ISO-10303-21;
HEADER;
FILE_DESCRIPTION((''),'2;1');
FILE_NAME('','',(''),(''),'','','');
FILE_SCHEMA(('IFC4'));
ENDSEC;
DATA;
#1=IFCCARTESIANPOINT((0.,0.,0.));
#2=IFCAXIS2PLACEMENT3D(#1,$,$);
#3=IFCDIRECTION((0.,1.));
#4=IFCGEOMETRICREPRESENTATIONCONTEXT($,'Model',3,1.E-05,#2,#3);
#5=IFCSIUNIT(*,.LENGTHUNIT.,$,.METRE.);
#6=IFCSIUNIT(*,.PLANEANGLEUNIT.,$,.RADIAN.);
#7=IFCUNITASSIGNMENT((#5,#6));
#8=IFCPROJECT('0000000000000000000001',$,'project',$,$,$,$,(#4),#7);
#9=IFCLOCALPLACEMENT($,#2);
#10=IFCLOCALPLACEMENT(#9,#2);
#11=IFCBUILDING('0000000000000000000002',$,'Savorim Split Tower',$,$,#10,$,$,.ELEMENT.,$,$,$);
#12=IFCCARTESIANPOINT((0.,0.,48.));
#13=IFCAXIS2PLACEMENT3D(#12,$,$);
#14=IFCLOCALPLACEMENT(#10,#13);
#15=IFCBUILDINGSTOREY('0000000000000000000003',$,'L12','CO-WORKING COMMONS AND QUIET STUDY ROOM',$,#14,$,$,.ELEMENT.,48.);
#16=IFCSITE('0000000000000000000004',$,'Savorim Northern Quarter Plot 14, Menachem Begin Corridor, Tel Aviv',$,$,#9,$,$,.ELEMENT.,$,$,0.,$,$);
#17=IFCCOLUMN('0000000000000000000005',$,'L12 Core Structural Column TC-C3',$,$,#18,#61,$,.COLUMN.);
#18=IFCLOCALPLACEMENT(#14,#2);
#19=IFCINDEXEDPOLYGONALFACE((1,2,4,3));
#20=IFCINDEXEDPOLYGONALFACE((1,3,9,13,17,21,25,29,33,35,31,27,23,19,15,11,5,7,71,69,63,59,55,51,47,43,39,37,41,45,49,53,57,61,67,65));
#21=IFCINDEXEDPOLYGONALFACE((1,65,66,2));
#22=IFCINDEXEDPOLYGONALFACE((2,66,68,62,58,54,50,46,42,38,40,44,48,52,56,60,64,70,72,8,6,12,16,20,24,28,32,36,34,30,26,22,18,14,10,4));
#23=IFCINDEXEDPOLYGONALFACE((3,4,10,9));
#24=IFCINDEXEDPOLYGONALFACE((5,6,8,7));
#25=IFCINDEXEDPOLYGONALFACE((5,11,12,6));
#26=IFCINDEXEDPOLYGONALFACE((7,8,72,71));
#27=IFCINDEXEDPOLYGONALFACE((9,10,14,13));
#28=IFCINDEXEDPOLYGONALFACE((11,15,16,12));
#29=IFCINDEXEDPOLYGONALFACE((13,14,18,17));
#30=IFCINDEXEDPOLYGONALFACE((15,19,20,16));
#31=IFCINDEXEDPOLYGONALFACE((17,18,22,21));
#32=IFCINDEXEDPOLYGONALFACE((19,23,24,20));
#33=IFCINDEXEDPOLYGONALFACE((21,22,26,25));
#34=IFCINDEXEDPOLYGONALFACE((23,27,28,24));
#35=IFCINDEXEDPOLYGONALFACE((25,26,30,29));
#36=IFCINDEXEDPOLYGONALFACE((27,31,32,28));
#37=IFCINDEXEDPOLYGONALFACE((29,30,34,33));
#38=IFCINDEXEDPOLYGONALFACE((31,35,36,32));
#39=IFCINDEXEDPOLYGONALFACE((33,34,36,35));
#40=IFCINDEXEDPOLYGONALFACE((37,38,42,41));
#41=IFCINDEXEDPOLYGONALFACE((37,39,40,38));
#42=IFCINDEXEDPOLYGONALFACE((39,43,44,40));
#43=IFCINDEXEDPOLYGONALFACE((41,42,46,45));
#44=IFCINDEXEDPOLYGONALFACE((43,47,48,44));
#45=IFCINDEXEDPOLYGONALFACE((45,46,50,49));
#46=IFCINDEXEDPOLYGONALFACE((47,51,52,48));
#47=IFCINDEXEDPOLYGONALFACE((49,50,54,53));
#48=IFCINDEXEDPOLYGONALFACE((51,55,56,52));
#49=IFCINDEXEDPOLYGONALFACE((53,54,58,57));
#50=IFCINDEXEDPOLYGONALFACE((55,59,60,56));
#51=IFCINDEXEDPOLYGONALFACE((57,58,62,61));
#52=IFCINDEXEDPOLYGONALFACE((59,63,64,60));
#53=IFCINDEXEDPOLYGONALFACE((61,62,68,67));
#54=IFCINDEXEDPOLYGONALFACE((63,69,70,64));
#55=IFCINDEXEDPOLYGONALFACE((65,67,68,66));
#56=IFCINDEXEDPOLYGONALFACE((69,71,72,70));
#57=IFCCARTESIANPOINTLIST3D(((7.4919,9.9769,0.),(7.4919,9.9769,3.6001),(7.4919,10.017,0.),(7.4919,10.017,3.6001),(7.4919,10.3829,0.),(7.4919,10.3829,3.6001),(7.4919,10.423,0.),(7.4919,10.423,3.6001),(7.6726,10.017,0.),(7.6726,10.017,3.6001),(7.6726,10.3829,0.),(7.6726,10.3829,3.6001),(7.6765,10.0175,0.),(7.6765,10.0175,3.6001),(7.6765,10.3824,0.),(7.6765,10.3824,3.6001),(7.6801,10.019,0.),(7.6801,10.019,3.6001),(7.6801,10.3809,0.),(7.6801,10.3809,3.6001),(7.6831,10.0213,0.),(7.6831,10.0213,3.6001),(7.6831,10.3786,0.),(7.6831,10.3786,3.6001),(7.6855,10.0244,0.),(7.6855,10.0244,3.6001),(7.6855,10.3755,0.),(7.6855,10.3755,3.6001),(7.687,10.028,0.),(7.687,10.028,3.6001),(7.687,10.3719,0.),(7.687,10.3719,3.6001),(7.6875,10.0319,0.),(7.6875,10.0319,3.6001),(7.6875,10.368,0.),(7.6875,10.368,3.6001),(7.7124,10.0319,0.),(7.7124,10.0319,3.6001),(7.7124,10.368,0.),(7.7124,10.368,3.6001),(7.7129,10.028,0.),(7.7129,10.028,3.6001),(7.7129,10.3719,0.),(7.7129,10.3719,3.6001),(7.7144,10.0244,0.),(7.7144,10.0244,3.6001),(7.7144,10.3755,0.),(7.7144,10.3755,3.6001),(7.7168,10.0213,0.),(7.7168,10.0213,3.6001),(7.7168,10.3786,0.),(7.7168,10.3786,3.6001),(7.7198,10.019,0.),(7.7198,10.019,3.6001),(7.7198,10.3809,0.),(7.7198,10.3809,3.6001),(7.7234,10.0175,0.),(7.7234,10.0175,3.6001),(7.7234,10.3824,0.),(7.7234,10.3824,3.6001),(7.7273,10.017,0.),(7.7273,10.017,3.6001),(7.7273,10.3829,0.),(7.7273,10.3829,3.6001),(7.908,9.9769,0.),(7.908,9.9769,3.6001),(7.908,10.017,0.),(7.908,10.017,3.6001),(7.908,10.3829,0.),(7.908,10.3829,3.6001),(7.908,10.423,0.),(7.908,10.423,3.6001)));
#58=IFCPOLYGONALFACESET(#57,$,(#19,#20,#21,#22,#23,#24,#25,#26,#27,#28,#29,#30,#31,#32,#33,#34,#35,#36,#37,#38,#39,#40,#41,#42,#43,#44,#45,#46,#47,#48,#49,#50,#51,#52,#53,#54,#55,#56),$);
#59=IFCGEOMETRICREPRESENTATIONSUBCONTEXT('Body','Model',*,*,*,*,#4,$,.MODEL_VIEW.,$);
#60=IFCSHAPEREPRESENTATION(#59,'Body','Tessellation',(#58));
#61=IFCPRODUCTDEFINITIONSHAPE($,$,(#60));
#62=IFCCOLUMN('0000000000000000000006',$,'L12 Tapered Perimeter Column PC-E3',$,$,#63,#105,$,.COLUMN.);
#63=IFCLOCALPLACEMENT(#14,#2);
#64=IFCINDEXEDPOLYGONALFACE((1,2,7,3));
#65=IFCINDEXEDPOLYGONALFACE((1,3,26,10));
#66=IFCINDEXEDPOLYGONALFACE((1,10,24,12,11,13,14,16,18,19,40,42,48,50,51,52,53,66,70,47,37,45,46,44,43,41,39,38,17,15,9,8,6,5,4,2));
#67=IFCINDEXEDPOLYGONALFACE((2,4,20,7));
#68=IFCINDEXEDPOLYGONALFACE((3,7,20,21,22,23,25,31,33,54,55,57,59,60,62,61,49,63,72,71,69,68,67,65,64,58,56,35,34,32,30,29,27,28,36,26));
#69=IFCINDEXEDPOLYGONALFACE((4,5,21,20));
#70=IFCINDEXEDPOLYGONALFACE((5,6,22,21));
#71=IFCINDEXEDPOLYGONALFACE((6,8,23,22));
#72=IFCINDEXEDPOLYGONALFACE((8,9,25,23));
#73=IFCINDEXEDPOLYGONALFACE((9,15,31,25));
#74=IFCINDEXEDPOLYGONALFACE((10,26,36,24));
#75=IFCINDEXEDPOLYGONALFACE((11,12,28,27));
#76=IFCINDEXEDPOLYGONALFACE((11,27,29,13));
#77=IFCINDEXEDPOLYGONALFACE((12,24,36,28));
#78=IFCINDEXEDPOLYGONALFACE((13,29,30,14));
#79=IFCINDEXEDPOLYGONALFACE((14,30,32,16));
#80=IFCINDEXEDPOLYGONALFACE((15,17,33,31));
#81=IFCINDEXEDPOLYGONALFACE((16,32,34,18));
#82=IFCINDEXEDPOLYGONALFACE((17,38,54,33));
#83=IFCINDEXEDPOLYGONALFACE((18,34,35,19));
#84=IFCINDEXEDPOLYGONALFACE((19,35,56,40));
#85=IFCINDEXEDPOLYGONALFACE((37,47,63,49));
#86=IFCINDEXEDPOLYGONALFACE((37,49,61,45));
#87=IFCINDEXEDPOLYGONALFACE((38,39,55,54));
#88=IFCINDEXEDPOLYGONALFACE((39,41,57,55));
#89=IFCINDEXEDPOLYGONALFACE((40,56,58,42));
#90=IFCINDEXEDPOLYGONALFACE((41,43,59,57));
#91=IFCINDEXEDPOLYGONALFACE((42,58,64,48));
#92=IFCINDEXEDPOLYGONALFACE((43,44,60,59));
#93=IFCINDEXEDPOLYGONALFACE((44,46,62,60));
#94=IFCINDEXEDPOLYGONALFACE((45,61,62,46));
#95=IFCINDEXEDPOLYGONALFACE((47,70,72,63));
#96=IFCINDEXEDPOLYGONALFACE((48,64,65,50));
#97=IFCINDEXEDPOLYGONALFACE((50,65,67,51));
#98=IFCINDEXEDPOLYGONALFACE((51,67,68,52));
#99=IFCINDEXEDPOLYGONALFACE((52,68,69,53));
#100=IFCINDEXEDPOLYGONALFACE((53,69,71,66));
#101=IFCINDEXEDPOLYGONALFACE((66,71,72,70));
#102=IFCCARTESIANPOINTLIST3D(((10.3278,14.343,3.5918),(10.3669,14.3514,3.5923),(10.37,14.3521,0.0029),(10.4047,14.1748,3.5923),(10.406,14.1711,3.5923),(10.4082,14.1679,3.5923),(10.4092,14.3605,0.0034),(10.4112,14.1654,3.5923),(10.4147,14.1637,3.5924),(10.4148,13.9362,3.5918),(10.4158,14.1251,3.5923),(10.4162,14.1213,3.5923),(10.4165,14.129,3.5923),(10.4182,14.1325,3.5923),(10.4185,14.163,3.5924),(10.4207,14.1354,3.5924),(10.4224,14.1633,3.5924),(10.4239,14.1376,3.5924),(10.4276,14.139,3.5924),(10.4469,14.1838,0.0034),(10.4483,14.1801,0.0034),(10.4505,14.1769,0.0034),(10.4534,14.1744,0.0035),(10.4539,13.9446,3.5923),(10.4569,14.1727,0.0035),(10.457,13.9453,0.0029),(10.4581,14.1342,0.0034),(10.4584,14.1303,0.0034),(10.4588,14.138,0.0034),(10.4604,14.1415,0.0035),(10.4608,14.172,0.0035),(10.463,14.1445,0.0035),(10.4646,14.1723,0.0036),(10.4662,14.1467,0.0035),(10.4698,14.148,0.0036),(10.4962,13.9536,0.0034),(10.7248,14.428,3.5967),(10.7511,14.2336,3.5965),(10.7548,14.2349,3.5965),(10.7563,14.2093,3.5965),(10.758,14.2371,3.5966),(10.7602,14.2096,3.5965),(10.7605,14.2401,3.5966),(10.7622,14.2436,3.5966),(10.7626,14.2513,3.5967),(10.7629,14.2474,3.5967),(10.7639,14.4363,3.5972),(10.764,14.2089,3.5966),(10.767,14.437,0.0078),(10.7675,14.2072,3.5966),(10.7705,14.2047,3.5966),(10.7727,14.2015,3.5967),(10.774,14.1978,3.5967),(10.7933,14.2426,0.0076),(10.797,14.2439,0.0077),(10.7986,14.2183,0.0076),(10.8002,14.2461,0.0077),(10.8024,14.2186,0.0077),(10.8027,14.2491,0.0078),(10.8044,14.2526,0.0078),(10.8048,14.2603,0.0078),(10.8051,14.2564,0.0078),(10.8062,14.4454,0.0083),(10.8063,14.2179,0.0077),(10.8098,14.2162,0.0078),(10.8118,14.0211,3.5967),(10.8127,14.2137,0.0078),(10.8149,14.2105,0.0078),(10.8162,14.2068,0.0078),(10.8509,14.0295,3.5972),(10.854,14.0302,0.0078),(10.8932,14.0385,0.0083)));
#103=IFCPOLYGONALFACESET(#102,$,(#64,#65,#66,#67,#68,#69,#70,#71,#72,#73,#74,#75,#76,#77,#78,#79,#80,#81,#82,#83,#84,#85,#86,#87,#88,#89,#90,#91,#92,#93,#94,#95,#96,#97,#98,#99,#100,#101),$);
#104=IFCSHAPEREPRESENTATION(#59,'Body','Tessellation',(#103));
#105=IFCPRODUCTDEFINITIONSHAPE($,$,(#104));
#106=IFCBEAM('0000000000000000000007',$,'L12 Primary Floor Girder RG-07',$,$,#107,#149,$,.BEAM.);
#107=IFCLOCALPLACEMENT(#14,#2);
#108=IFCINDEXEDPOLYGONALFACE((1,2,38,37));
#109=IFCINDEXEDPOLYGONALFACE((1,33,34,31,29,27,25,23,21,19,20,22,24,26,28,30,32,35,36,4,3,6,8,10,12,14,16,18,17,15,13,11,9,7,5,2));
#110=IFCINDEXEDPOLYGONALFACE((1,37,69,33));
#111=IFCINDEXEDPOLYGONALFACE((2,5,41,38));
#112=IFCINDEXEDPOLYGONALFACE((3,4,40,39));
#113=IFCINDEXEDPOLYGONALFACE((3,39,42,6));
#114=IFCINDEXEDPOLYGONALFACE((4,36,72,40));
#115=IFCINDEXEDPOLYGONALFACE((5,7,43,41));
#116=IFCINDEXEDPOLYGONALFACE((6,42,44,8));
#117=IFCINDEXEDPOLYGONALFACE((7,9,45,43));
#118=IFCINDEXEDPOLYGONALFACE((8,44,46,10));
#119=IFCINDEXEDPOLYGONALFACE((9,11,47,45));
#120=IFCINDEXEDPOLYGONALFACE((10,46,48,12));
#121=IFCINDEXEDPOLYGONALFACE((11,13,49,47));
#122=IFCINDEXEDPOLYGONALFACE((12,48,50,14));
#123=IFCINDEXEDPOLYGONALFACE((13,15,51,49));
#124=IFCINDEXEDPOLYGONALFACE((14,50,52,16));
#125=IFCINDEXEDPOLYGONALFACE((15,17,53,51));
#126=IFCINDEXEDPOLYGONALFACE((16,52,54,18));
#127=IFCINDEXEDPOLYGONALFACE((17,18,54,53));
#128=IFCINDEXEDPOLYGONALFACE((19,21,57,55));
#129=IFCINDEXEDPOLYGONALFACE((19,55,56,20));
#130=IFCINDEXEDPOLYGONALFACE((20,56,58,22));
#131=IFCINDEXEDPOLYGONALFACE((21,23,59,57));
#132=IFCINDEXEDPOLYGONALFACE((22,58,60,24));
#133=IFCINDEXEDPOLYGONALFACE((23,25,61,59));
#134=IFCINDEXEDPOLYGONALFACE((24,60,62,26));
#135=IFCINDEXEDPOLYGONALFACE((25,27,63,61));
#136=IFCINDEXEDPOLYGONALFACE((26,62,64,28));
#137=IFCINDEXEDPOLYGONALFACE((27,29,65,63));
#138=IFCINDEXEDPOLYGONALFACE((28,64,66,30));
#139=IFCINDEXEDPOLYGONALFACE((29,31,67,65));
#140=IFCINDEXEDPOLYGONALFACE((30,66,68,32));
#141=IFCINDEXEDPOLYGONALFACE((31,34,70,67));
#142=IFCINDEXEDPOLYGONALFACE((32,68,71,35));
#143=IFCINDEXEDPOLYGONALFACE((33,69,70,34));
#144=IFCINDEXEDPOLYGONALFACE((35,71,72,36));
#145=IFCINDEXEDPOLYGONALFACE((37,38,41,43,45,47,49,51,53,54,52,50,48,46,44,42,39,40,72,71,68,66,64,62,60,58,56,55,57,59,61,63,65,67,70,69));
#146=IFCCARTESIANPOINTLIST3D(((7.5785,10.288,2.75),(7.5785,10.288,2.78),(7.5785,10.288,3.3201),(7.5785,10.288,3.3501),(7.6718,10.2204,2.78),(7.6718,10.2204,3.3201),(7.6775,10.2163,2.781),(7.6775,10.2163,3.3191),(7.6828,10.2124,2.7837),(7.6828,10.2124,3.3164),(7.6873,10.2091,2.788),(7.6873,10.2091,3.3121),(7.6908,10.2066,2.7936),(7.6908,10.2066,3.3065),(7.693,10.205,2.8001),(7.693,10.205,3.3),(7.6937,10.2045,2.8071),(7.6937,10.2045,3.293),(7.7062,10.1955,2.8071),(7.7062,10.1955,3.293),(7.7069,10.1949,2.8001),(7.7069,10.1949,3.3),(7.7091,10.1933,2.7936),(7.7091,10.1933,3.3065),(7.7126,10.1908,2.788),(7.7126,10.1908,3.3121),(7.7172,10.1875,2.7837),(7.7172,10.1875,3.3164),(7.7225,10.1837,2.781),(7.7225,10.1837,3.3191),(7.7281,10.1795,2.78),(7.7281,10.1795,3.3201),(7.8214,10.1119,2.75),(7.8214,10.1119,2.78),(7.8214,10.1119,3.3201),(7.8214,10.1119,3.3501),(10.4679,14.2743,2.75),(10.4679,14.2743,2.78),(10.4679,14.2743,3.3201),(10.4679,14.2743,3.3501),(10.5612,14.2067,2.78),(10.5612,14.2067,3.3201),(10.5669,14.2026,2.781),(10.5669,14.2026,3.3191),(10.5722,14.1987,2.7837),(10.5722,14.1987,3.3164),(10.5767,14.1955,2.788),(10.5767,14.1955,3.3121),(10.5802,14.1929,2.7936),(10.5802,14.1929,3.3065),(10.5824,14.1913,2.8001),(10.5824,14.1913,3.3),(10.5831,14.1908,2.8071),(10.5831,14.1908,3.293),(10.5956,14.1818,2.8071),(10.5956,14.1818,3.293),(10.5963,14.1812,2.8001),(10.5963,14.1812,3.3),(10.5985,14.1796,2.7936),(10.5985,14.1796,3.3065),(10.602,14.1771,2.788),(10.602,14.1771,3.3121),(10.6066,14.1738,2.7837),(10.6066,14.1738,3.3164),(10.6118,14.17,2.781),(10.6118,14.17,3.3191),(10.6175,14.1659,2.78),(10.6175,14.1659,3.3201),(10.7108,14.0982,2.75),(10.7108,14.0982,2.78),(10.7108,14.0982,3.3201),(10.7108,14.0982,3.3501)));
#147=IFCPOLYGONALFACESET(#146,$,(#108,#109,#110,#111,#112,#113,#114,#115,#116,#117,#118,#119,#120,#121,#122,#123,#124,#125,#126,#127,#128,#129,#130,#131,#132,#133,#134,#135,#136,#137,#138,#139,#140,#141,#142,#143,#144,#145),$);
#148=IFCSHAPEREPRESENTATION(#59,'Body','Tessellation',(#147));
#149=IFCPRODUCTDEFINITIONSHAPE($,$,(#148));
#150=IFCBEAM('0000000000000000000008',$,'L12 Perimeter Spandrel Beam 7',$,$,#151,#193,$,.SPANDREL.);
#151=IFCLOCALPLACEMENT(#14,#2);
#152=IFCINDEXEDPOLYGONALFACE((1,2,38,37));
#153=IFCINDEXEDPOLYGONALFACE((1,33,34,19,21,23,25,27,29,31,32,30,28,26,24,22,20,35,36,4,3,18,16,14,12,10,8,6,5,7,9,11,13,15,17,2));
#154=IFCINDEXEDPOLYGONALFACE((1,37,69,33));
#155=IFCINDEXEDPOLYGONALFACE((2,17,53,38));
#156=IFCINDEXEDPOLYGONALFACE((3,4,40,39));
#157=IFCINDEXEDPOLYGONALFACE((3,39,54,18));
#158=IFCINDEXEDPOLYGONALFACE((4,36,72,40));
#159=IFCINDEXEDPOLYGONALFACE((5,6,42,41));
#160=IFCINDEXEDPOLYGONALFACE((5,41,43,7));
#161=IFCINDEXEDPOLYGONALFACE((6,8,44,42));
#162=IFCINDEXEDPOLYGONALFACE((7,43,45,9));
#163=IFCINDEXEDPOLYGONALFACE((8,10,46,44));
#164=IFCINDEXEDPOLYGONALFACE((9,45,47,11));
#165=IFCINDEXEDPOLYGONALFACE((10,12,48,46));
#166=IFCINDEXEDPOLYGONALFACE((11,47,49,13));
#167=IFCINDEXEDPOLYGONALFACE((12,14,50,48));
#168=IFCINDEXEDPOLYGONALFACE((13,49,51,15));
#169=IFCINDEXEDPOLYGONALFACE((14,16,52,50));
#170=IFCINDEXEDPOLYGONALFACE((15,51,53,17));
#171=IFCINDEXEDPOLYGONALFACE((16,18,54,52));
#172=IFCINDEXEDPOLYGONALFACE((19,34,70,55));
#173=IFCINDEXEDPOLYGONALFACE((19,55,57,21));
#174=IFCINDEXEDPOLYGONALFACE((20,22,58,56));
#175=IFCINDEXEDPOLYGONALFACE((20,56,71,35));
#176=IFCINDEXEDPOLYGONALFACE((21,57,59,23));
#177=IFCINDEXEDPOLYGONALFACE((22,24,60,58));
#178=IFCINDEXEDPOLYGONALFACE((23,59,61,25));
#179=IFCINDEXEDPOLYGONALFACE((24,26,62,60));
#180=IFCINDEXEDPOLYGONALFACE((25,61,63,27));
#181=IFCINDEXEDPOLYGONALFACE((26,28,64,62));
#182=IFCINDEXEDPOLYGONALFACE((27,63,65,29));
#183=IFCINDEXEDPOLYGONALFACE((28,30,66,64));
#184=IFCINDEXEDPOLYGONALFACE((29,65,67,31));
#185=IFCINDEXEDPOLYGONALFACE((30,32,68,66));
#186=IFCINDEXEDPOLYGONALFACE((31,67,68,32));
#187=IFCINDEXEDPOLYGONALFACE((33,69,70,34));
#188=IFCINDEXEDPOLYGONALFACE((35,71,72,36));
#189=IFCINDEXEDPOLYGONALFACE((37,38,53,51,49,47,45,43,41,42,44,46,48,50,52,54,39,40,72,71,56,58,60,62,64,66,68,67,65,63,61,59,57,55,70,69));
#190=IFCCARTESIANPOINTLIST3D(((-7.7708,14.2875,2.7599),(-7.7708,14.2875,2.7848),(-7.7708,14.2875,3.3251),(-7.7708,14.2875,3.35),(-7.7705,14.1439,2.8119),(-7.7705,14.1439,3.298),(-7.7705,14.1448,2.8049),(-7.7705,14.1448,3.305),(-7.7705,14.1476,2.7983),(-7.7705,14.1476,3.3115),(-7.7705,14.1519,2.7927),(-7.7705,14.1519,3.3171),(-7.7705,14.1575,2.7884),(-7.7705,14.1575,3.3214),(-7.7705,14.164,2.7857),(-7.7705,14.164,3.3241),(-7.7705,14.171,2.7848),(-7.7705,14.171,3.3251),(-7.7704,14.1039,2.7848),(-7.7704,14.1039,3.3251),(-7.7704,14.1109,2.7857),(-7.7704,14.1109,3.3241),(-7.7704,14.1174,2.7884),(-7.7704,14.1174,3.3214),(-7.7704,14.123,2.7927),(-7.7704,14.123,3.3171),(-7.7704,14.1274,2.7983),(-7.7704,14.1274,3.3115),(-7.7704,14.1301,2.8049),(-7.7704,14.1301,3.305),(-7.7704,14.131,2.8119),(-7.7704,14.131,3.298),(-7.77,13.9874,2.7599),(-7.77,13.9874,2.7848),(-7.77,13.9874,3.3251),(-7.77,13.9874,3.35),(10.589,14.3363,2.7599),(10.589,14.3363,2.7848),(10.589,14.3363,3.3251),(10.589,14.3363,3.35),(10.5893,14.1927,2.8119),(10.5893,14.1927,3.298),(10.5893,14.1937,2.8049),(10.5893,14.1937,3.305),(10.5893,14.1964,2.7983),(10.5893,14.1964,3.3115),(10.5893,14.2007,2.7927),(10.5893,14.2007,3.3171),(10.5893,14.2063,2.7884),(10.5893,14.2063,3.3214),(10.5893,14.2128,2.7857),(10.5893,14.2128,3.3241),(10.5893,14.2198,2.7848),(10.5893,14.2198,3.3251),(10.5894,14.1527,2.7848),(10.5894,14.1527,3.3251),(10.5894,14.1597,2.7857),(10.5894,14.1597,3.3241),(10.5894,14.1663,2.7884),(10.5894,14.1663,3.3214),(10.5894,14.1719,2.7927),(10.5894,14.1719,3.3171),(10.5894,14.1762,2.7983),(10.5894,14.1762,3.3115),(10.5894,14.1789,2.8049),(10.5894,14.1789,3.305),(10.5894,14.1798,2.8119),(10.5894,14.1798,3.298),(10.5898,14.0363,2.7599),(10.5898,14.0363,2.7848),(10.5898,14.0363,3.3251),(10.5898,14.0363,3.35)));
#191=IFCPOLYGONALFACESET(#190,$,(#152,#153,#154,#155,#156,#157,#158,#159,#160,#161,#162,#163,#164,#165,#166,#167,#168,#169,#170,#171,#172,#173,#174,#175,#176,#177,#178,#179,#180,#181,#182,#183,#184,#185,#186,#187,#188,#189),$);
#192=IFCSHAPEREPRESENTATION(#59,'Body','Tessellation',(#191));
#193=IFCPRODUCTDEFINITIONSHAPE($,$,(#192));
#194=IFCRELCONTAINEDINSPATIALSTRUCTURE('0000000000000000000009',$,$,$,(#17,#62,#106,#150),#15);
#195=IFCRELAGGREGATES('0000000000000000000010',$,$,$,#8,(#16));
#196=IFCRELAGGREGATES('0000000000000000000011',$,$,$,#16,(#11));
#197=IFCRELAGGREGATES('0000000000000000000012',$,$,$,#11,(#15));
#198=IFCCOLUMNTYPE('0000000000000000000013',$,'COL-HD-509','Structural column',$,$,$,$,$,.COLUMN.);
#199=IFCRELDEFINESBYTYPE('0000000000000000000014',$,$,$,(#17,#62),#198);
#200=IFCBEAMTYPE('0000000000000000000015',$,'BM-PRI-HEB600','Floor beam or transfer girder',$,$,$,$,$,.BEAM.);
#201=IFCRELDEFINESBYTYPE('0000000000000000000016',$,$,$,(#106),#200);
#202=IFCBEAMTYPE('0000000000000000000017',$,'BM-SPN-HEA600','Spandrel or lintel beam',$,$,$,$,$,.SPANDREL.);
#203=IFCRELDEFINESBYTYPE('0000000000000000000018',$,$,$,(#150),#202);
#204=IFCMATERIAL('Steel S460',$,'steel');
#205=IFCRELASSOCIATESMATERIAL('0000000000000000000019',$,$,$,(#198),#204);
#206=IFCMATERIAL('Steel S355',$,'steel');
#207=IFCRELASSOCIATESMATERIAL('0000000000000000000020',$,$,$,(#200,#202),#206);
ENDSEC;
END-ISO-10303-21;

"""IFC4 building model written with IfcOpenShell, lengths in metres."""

from ifc_helpers import new_model, si_unit, direction, frame, origin, origin_2d, place, context, subcontext, project, spatial, i_section, extrude, material, material_profile, profile_set, type_object, element, save


model = new_model("IFC4")

# Units and contexts
model_context = context("Model", 3, precision=1e-05, world=origin(), true_north=direction((0.0, 1.0)))
body_context = subcontext(model_context, "Body", "Model", "MODEL_VIEW")
ifc_project = project(units=[si_unit("LENGTHUNIT", "METRE"), si_unit("PLANEANGLEUNIT", "RADIAN")], contexts=[model_context])

# Site, building, storey
site_placement = place(None, origin())
site = spatial("IfcSite", under=ifc_project, at=site_placement, Name="Savorim Northern Quarter Plot 14, Menachem Begin Corridor, Tel Aviv", CompositionType="ELEMENT", RefElevation=0.0)
building_placement = place(site_placement, origin())
building = spatial("IfcBuilding", under=site, at=building_placement, Name="Savorim Split Tower", CompositionType="ELEMENT")
storey_placement = place(building_placement, frame((0.0, 0.0, 48.0)))
storey = spatial("IfcBuildingStorey", under=building, at=storey_placement, Name="L12", Description="CO-WORKING COMMONS AND QUIET STUDY ROOM", CompositionType="ELEMENT", Elevation=48.0)

# Columns
ifc_material_1 = material(Name="Steel S460", Category="steel")
ifc_material_profile_1 = material_profile(ifc_material_1, i_section(OverallWidth=0.416, OverallDepth=0.446, WebThickness=0.0249, FlangeThickness=0.04, FilletRadius=0.0149, at=origin_2d()), Name="HD 400x509")
ifc_profile_set_1 = profile_set([ifc_material_profile_1], Name="Steel S460")
column_type = type_object("IfcColumnType", Name="COL-HD-509", Description="Structural column", PredefinedType="COLUMN", material=ifc_profile_set_1)
column_1_placement = place(storey_placement, frame((7.7, 10.2, 0.0), z_axis=(0.0, 0.0, 1.0), x_axis=(1.0, 0.0, 0.0)))
element("IfcColumn", 1, at=column_1_placement, inside=storey, type_object=column_type, Name="L12 Core Structural Column TC-C3", PredefinedType="COLUMN", context=body_context, shape_type="SweptSolid", body=[
    extrude(i_section(OverallWidth=0.416, OverallDepth=0.446, WebThickness=0.0249, FlangeThickness=0.04, FilletRadius=0.0149, at=origin_2d()), origin(), (0.0, 0.0, 1.0), 3.6001),
])
column_2_placement = place(storey_placement, frame((10.6316, 14.1953, 0.0056), z_axis=(-0.011768, -0.002517, 0.999928), x_axis=(0.209143, -0.977885, 0.0)))
element("IfcColumn", 2, at=column_2_placement, inside=storey, type_object=column_type, Name="L12 Tapered Perimeter Column PC-E3", PredefinedType="COLUMN", context=body_context, shape_type="SweptSolid", body=[
    extrude(i_section(OverallWidth=0.416, OverallDepth=0.446, WebThickness=0.0249, FlangeThickness=0.04, FilletRadius=0.0149, at=origin_2d()), origin(), (0.0, 0.0, 1.0), 3.5891),
])

# Beams
ifc_material_2 = material(Name="Steel S355", Category="steel")
ifc_material_profile_2 = material_profile(ifc_material_2, i_section(OverallWidth=0.3, OverallDepth=0.6001, WebThickness=0.0154, FlangeThickness=0.03, FilletRadius=0.0271, at=origin_2d()), Name="HEB 600")
ifc_profile_set_2 = profile_set([ifc_material_profile_2], Name="Steel S355")
beam_type_1 = type_object("IfcBeamType", Name="BM-PRI-HEB600", Description="Floor beam or transfer girder", PredefinedType="BEAM", material=ifc_profile_set_2)
beam_1_placement = place(storey_placement, frame((10.5894, 14.1863, 3.05), z_axis=(-0.586877, -0.809676, 0.0), x_axis=(0.809676, -0.586877, 0.0)))
element("IfcBeam", 3, at=beam_1_placement, inside=storey, type_object=beam_type_1, Name="L12 Primary Floor Girder RG-07", PredefinedType="BEAM", context=body_context, shape_type="SweptSolid", body=[
    extrude(i_section(OverallWidth=0.3, OverallDepth=0.6001, WebThickness=0.0154, FlangeThickness=0.03, FilletRadius=0.0271, at=origin_2d()), origin(), (0.0, 0.0, 1.0), 4.9233),
])
ifc_material_profile_3 = material_profile(ifc_material_2, i_section(OverallWidth=0.3, OverallDepth=0.5901, WebThickness=0.0129, FlangeThickness=0.0249, FilletRadius=0.0271, at=origin_2d()), Name="HEA 600")
ifc_profile_set_3 = profile_set([ifc_material_profile_3], Name="Steel S355")
beam_type_2 = type_object("IfcBeamType", Name="BM-SPN-HEA600", Description="Spandrel or lintel beam", PredefinedType="SPANDREL", material=ifc_profile_set_3)
beam_2_placement = place(storey_placement, frame((10.5894, 14.1863, 3.0549), z_axis=(-0.999996, -0.002659, 0.0), x_axis=(0.002659, -0.999996, 0.0)))
element("IfcBeam", 4, at=beam_2_placement, inside=storey, type_object=beam_type_2, Name="L12 Perimeter Spandrel Beam 7", PredefinedType="SPANDREL", context=body_context, shape_type="SweptSolid", body=[
    extrude(i_section(OverallWidth=0.3, OverallDepth=0.5901, WebThickness=0.0129, FlangeThickness=0.0249, FilletRadius=0.0271, at=origin_2d()), origin(), (0.0, 0.0, 1.0), 18.3599),
])

save(model, "model.ifc")
